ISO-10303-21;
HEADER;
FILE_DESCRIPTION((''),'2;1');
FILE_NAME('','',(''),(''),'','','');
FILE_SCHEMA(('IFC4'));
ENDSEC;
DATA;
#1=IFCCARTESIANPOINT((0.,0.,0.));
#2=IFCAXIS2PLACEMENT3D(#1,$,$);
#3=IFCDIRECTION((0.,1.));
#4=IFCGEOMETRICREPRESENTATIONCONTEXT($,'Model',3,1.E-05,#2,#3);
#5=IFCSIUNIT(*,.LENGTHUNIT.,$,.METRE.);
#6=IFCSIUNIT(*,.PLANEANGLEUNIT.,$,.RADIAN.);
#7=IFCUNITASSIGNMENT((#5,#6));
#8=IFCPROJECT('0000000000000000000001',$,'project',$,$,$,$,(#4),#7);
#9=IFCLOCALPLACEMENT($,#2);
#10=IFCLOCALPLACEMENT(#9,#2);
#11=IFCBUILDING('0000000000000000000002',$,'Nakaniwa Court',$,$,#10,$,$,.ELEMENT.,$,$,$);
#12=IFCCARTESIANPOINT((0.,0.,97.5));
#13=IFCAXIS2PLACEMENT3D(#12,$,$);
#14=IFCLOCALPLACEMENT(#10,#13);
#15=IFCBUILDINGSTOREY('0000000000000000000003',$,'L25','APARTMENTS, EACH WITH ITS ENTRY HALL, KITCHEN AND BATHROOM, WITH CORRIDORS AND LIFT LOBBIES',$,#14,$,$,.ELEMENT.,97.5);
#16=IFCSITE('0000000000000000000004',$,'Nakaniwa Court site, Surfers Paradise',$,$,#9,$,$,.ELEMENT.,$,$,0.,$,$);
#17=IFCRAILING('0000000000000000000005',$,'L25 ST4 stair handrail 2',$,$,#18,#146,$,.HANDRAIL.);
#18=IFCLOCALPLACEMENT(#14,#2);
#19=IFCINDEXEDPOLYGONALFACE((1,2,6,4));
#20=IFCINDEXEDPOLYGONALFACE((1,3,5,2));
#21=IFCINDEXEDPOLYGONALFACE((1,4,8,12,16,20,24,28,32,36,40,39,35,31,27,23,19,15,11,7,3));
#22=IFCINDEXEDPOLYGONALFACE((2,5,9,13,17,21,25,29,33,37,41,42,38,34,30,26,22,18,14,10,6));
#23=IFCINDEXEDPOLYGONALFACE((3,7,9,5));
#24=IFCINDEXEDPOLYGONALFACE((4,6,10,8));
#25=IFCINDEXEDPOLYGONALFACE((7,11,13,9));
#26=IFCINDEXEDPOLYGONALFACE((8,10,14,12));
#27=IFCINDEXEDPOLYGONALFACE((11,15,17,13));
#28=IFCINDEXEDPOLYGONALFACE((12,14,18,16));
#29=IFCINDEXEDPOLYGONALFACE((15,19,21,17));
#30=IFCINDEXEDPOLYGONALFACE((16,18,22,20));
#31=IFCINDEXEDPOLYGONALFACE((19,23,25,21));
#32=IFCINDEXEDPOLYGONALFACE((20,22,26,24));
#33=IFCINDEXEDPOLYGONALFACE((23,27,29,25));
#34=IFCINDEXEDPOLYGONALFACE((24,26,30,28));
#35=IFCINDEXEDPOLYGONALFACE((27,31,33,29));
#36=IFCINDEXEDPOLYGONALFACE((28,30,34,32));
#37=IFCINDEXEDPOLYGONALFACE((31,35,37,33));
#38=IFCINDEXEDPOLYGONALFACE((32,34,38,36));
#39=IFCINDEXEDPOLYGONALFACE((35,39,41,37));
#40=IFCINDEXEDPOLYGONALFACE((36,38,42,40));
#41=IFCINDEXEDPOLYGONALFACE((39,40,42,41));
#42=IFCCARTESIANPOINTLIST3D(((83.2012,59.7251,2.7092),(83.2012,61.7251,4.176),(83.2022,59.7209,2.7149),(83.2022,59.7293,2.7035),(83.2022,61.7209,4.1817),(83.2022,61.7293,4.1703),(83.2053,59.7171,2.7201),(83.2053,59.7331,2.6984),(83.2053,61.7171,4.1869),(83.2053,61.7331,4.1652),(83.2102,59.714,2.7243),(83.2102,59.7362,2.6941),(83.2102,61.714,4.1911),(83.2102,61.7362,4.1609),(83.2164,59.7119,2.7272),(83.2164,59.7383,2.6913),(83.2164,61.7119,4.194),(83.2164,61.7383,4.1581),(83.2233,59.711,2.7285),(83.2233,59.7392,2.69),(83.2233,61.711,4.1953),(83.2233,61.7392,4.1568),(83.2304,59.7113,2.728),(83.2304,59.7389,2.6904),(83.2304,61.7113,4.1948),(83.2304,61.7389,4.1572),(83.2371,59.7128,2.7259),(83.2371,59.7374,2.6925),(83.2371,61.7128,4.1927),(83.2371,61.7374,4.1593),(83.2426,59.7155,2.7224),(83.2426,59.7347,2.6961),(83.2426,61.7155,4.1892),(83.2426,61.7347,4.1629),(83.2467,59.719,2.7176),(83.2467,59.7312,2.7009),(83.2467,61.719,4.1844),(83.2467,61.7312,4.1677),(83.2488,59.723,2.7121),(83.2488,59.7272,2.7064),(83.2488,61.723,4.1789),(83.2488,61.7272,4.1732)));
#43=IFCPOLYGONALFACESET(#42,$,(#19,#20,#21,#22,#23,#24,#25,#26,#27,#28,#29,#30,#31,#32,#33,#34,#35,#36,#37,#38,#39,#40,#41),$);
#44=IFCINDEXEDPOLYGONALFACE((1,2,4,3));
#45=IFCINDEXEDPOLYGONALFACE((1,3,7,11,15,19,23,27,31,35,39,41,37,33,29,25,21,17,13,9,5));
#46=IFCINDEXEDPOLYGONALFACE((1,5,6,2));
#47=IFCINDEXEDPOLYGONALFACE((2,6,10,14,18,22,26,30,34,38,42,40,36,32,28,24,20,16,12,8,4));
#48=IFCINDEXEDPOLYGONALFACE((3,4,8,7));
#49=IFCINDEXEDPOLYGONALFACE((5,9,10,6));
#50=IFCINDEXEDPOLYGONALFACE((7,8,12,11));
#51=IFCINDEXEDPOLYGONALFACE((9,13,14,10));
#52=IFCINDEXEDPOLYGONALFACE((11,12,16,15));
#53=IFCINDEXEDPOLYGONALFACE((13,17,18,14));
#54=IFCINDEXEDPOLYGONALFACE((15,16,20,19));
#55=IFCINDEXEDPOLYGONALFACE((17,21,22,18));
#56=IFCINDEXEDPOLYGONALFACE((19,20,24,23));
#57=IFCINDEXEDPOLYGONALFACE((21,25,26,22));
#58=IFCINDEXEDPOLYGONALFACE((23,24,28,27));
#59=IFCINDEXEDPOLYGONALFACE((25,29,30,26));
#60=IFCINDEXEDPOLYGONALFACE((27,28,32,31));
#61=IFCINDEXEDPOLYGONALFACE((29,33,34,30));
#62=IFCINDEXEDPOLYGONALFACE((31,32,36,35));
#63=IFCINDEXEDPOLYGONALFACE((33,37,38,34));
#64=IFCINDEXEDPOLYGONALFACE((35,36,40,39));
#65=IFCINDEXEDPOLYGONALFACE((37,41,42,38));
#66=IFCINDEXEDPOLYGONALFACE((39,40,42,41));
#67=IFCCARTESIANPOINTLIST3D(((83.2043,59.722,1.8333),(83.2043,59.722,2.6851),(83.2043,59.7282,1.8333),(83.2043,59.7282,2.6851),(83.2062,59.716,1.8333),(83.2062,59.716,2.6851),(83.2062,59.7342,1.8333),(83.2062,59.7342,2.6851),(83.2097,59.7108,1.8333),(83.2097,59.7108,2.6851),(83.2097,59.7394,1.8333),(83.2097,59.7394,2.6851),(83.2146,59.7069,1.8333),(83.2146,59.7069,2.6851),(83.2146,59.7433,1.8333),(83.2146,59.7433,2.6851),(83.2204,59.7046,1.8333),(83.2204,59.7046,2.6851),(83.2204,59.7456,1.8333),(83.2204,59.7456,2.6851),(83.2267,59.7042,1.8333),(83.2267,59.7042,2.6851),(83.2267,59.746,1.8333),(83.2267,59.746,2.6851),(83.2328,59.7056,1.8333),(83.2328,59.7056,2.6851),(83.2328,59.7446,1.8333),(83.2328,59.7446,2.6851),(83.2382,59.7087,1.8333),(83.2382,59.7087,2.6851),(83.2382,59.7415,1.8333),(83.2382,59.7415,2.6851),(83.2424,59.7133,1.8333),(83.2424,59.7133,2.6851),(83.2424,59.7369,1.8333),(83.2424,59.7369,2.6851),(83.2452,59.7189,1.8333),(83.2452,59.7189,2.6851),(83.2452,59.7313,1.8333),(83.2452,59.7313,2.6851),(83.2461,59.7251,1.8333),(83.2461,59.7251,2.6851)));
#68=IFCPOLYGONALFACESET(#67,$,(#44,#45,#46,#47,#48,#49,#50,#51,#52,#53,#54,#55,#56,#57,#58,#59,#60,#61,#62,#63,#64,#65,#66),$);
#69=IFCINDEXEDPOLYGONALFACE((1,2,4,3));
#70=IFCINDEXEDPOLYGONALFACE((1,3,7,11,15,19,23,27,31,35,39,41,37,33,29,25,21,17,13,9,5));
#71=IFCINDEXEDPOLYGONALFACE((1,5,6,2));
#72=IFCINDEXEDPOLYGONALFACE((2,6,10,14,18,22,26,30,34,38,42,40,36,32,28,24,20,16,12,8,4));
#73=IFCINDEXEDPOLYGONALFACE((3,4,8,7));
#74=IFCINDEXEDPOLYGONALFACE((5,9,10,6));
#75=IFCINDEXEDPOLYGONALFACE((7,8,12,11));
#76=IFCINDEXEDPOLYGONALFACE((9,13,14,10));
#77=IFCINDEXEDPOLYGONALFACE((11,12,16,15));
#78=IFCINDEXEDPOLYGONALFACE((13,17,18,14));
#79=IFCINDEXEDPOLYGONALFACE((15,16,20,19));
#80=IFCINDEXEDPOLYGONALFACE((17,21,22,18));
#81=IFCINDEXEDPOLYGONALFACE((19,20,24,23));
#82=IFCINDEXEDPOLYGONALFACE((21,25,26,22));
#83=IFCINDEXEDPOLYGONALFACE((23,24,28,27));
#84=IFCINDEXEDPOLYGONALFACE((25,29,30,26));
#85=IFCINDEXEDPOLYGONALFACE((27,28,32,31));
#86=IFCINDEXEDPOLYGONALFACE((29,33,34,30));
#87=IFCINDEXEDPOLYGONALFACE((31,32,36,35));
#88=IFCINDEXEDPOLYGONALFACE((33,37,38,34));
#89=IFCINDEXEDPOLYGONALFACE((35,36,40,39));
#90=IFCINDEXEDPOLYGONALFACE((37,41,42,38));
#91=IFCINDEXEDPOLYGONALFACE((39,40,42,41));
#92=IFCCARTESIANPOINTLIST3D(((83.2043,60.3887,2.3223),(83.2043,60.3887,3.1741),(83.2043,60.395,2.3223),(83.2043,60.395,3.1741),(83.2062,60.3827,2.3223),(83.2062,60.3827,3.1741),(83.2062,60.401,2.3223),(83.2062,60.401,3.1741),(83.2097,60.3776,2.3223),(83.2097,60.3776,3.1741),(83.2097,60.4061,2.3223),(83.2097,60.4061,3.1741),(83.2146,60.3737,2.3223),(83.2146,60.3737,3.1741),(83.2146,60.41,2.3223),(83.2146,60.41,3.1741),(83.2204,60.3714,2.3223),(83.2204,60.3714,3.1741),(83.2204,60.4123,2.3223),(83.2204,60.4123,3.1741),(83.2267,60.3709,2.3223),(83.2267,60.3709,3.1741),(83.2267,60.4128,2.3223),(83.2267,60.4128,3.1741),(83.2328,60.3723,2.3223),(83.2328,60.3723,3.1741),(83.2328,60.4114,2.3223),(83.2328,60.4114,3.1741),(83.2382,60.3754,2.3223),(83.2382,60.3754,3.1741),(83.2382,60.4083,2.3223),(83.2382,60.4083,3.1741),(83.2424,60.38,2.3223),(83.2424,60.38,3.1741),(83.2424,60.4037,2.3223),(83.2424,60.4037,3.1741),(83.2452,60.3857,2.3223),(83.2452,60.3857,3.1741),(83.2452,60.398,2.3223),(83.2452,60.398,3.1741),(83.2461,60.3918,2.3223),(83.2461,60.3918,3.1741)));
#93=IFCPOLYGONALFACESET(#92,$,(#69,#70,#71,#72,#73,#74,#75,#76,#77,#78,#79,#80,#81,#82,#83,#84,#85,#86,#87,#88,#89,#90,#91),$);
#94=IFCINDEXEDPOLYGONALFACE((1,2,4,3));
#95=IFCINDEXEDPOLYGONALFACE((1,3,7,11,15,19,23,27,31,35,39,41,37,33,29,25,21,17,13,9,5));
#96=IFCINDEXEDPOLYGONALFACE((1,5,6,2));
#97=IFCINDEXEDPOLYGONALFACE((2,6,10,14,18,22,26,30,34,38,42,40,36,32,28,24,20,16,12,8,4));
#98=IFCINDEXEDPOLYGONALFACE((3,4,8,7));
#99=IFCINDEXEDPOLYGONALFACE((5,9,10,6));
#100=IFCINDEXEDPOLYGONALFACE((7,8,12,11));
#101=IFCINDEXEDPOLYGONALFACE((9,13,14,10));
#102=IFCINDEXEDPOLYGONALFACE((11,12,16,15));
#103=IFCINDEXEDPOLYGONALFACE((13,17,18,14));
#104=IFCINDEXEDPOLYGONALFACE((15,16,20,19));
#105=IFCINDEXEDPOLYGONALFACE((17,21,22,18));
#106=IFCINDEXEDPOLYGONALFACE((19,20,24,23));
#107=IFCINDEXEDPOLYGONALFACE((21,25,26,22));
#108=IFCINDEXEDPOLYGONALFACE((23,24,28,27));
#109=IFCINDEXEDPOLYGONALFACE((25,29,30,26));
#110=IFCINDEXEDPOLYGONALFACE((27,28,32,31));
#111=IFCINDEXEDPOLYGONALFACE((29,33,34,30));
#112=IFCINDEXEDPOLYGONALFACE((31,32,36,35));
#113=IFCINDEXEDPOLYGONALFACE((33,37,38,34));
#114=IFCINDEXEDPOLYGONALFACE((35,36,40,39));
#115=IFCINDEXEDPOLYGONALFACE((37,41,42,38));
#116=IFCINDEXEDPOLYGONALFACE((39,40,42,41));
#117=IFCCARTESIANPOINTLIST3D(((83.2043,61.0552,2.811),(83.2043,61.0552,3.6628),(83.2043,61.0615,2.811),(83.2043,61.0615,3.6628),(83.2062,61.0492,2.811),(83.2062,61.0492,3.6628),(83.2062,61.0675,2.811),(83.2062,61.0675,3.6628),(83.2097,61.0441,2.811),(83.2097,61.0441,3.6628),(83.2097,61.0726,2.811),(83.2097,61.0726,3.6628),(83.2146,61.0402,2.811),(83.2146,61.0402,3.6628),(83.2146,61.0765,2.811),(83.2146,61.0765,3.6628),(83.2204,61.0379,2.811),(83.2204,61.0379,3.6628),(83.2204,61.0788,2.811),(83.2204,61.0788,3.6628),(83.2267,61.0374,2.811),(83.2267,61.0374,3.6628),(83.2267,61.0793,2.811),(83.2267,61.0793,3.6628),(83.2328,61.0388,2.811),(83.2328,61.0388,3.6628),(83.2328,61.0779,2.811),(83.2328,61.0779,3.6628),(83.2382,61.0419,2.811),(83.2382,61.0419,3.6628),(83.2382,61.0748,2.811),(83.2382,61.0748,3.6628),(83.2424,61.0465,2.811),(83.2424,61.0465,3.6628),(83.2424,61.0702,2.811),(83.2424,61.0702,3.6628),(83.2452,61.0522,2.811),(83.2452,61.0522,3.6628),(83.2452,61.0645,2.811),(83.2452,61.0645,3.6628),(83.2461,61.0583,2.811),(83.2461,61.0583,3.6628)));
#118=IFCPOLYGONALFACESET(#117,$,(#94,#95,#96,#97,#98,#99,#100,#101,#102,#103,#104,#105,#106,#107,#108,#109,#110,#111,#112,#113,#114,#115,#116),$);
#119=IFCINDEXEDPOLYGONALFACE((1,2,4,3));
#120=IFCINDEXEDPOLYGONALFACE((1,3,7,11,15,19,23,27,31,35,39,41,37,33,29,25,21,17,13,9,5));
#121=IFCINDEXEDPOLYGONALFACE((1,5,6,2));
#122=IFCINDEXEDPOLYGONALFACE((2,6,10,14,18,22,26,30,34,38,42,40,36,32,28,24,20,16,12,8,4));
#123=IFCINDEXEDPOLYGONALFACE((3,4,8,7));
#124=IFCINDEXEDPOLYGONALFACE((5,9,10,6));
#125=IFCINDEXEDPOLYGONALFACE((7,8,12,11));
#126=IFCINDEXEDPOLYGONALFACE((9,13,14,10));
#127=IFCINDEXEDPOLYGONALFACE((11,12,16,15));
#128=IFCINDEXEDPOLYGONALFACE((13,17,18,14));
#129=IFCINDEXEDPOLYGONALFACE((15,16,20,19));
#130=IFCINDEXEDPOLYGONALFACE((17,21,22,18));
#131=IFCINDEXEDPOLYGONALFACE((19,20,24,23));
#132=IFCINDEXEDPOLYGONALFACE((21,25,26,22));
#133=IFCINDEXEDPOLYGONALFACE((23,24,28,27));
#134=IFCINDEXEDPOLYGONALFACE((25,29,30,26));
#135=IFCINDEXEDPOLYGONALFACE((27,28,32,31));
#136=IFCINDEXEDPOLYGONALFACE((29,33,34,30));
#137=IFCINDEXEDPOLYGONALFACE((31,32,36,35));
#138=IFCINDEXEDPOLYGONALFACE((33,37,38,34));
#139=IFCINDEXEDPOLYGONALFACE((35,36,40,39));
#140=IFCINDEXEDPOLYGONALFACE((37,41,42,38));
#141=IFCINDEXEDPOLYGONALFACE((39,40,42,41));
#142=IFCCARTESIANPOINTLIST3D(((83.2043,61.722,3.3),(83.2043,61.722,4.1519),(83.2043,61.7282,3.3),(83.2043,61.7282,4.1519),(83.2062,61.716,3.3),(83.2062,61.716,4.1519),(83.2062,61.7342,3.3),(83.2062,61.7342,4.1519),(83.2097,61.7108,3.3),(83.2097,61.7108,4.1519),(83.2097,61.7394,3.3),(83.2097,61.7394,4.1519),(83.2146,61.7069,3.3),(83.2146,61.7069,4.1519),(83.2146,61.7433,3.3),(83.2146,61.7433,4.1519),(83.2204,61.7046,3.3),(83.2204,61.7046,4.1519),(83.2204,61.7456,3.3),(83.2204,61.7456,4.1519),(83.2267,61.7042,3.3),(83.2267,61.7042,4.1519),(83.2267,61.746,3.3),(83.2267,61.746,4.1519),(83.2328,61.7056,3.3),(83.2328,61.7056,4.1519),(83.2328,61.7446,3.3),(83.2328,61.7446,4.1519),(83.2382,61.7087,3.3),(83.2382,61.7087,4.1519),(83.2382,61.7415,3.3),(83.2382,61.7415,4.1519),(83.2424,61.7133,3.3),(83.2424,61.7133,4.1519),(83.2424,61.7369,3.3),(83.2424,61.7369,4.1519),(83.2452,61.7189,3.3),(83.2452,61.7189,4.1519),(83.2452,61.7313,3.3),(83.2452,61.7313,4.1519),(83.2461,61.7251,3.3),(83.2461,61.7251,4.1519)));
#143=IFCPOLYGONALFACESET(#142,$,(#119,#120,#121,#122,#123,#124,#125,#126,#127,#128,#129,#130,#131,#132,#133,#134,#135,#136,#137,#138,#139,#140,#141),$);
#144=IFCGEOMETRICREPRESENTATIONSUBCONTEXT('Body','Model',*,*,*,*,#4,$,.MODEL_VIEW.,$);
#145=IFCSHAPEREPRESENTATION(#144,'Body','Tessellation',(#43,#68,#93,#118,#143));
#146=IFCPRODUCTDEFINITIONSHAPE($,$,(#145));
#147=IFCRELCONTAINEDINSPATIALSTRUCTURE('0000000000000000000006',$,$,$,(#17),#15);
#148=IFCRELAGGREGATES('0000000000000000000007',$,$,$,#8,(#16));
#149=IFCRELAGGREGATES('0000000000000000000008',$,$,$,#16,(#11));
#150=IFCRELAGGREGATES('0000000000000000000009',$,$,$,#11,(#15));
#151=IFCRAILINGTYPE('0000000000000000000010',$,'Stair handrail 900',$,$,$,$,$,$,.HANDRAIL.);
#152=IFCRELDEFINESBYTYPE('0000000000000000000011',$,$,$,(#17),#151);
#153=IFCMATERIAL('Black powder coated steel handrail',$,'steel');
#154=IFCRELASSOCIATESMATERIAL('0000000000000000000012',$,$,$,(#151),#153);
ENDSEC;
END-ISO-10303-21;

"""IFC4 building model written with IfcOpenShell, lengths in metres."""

from ifc_helpers import new_model, si_unit, direction, frame, origin, origin_2d, place, context, subcontext, project, spatial, circle, extrude, material, type_object, element, save


model = new_model("IFC4")

# Units and contexts
model_context = context("Model", 3, precision=1e-05, world=origin(), true_north=direction((0.0, 1.0)))
body_context = subcontext(model_context, "Body", "Model", "MODEL_VIEW")
ifc_project = project(units=[si_unit("LENGTHUNIT", "METRE"), si_unit("PLANEANGLEUNIT", "RADIAN")], contexts=[model_context])

# Site, building, storey
site_placement = place(None, origin())
site = spatial("IfcSite", under=ifc_project, at=site_placement, Name="Nakaniwa Court site, Surfers Paradise", CompositionType="ELEMENT", RefElevation=0.0)
building_placement = place(site_placement, origin())
building = spatial("IfcBuilding", under=site, at=building_placement, Name="Nakaniwa Court", CompositionType="ELEMENT")
storey_placement = place(building_placement, frame((0.0, 0.0, 97.5)))
storey = spatial("IfcBuildingStorey", under=building, at=storey_placement, Name="L25", Description="APARTMENTS, EACH WITH ITS ENTRY HALL, KITCHEN AND BATHROOM, WITH CORRIDORS AND LIFT LOBBIES", CompositionType="ELEMENT", Elevation=97.5)

# Railing
ifc_material_1 = material(Name="Black powder coated steel handrail", Category="steel")
railing_type_1 = type_object("IfcRailingType", Name="Stair handrail 900", PredefinedType="HANDRAIL", material=ifc_material_1)
railing_1_placement = place(storey_placement, frame((83.2251, 59.7251, 1.8333)))
element("IfcRailing", 1, at=railing_1_placement, inside=storey, type_object=railing_type_1, Name="L25 ST4 stair handrail 2", PredefinedType="HANDRAIL", context=body_context, shape_type="SweptSolid", body=[
    extrude(circle(Radius=0.0239, at=origin_2d()), frame((0.0, 0.0, 0.876), z_axis=(0.0, 0.80638, 0.591398), x_axis=(-1.0, 0.0, 0.0)), (0.0, 0.0, 1.0), 2.4802),
    extrude(circle(Radius=0.021, at=origin_2d()), origin(), (0.0, 0.0, 1.0), 0.8518),
    extrude(circle(Radius=0.021, at=origin_2d()), frame((0.0, 0.6667, 0.489)), (0.0, 0.0, 1.0), 0.8518),
    extrude(circle(Radius=0.021, at=origin_2d()), frame((0.0, 1.3333, 0.9778)), (0.0, 0.0, 1.0), 0.8518),
    extrude(circle(Radius=0.021, at=origin_2d()), frame((0.0, 2.0, 1.4668)), (0.0, 0.0, 1.0), 0.8518),
])

save(model, "model.ifc")
